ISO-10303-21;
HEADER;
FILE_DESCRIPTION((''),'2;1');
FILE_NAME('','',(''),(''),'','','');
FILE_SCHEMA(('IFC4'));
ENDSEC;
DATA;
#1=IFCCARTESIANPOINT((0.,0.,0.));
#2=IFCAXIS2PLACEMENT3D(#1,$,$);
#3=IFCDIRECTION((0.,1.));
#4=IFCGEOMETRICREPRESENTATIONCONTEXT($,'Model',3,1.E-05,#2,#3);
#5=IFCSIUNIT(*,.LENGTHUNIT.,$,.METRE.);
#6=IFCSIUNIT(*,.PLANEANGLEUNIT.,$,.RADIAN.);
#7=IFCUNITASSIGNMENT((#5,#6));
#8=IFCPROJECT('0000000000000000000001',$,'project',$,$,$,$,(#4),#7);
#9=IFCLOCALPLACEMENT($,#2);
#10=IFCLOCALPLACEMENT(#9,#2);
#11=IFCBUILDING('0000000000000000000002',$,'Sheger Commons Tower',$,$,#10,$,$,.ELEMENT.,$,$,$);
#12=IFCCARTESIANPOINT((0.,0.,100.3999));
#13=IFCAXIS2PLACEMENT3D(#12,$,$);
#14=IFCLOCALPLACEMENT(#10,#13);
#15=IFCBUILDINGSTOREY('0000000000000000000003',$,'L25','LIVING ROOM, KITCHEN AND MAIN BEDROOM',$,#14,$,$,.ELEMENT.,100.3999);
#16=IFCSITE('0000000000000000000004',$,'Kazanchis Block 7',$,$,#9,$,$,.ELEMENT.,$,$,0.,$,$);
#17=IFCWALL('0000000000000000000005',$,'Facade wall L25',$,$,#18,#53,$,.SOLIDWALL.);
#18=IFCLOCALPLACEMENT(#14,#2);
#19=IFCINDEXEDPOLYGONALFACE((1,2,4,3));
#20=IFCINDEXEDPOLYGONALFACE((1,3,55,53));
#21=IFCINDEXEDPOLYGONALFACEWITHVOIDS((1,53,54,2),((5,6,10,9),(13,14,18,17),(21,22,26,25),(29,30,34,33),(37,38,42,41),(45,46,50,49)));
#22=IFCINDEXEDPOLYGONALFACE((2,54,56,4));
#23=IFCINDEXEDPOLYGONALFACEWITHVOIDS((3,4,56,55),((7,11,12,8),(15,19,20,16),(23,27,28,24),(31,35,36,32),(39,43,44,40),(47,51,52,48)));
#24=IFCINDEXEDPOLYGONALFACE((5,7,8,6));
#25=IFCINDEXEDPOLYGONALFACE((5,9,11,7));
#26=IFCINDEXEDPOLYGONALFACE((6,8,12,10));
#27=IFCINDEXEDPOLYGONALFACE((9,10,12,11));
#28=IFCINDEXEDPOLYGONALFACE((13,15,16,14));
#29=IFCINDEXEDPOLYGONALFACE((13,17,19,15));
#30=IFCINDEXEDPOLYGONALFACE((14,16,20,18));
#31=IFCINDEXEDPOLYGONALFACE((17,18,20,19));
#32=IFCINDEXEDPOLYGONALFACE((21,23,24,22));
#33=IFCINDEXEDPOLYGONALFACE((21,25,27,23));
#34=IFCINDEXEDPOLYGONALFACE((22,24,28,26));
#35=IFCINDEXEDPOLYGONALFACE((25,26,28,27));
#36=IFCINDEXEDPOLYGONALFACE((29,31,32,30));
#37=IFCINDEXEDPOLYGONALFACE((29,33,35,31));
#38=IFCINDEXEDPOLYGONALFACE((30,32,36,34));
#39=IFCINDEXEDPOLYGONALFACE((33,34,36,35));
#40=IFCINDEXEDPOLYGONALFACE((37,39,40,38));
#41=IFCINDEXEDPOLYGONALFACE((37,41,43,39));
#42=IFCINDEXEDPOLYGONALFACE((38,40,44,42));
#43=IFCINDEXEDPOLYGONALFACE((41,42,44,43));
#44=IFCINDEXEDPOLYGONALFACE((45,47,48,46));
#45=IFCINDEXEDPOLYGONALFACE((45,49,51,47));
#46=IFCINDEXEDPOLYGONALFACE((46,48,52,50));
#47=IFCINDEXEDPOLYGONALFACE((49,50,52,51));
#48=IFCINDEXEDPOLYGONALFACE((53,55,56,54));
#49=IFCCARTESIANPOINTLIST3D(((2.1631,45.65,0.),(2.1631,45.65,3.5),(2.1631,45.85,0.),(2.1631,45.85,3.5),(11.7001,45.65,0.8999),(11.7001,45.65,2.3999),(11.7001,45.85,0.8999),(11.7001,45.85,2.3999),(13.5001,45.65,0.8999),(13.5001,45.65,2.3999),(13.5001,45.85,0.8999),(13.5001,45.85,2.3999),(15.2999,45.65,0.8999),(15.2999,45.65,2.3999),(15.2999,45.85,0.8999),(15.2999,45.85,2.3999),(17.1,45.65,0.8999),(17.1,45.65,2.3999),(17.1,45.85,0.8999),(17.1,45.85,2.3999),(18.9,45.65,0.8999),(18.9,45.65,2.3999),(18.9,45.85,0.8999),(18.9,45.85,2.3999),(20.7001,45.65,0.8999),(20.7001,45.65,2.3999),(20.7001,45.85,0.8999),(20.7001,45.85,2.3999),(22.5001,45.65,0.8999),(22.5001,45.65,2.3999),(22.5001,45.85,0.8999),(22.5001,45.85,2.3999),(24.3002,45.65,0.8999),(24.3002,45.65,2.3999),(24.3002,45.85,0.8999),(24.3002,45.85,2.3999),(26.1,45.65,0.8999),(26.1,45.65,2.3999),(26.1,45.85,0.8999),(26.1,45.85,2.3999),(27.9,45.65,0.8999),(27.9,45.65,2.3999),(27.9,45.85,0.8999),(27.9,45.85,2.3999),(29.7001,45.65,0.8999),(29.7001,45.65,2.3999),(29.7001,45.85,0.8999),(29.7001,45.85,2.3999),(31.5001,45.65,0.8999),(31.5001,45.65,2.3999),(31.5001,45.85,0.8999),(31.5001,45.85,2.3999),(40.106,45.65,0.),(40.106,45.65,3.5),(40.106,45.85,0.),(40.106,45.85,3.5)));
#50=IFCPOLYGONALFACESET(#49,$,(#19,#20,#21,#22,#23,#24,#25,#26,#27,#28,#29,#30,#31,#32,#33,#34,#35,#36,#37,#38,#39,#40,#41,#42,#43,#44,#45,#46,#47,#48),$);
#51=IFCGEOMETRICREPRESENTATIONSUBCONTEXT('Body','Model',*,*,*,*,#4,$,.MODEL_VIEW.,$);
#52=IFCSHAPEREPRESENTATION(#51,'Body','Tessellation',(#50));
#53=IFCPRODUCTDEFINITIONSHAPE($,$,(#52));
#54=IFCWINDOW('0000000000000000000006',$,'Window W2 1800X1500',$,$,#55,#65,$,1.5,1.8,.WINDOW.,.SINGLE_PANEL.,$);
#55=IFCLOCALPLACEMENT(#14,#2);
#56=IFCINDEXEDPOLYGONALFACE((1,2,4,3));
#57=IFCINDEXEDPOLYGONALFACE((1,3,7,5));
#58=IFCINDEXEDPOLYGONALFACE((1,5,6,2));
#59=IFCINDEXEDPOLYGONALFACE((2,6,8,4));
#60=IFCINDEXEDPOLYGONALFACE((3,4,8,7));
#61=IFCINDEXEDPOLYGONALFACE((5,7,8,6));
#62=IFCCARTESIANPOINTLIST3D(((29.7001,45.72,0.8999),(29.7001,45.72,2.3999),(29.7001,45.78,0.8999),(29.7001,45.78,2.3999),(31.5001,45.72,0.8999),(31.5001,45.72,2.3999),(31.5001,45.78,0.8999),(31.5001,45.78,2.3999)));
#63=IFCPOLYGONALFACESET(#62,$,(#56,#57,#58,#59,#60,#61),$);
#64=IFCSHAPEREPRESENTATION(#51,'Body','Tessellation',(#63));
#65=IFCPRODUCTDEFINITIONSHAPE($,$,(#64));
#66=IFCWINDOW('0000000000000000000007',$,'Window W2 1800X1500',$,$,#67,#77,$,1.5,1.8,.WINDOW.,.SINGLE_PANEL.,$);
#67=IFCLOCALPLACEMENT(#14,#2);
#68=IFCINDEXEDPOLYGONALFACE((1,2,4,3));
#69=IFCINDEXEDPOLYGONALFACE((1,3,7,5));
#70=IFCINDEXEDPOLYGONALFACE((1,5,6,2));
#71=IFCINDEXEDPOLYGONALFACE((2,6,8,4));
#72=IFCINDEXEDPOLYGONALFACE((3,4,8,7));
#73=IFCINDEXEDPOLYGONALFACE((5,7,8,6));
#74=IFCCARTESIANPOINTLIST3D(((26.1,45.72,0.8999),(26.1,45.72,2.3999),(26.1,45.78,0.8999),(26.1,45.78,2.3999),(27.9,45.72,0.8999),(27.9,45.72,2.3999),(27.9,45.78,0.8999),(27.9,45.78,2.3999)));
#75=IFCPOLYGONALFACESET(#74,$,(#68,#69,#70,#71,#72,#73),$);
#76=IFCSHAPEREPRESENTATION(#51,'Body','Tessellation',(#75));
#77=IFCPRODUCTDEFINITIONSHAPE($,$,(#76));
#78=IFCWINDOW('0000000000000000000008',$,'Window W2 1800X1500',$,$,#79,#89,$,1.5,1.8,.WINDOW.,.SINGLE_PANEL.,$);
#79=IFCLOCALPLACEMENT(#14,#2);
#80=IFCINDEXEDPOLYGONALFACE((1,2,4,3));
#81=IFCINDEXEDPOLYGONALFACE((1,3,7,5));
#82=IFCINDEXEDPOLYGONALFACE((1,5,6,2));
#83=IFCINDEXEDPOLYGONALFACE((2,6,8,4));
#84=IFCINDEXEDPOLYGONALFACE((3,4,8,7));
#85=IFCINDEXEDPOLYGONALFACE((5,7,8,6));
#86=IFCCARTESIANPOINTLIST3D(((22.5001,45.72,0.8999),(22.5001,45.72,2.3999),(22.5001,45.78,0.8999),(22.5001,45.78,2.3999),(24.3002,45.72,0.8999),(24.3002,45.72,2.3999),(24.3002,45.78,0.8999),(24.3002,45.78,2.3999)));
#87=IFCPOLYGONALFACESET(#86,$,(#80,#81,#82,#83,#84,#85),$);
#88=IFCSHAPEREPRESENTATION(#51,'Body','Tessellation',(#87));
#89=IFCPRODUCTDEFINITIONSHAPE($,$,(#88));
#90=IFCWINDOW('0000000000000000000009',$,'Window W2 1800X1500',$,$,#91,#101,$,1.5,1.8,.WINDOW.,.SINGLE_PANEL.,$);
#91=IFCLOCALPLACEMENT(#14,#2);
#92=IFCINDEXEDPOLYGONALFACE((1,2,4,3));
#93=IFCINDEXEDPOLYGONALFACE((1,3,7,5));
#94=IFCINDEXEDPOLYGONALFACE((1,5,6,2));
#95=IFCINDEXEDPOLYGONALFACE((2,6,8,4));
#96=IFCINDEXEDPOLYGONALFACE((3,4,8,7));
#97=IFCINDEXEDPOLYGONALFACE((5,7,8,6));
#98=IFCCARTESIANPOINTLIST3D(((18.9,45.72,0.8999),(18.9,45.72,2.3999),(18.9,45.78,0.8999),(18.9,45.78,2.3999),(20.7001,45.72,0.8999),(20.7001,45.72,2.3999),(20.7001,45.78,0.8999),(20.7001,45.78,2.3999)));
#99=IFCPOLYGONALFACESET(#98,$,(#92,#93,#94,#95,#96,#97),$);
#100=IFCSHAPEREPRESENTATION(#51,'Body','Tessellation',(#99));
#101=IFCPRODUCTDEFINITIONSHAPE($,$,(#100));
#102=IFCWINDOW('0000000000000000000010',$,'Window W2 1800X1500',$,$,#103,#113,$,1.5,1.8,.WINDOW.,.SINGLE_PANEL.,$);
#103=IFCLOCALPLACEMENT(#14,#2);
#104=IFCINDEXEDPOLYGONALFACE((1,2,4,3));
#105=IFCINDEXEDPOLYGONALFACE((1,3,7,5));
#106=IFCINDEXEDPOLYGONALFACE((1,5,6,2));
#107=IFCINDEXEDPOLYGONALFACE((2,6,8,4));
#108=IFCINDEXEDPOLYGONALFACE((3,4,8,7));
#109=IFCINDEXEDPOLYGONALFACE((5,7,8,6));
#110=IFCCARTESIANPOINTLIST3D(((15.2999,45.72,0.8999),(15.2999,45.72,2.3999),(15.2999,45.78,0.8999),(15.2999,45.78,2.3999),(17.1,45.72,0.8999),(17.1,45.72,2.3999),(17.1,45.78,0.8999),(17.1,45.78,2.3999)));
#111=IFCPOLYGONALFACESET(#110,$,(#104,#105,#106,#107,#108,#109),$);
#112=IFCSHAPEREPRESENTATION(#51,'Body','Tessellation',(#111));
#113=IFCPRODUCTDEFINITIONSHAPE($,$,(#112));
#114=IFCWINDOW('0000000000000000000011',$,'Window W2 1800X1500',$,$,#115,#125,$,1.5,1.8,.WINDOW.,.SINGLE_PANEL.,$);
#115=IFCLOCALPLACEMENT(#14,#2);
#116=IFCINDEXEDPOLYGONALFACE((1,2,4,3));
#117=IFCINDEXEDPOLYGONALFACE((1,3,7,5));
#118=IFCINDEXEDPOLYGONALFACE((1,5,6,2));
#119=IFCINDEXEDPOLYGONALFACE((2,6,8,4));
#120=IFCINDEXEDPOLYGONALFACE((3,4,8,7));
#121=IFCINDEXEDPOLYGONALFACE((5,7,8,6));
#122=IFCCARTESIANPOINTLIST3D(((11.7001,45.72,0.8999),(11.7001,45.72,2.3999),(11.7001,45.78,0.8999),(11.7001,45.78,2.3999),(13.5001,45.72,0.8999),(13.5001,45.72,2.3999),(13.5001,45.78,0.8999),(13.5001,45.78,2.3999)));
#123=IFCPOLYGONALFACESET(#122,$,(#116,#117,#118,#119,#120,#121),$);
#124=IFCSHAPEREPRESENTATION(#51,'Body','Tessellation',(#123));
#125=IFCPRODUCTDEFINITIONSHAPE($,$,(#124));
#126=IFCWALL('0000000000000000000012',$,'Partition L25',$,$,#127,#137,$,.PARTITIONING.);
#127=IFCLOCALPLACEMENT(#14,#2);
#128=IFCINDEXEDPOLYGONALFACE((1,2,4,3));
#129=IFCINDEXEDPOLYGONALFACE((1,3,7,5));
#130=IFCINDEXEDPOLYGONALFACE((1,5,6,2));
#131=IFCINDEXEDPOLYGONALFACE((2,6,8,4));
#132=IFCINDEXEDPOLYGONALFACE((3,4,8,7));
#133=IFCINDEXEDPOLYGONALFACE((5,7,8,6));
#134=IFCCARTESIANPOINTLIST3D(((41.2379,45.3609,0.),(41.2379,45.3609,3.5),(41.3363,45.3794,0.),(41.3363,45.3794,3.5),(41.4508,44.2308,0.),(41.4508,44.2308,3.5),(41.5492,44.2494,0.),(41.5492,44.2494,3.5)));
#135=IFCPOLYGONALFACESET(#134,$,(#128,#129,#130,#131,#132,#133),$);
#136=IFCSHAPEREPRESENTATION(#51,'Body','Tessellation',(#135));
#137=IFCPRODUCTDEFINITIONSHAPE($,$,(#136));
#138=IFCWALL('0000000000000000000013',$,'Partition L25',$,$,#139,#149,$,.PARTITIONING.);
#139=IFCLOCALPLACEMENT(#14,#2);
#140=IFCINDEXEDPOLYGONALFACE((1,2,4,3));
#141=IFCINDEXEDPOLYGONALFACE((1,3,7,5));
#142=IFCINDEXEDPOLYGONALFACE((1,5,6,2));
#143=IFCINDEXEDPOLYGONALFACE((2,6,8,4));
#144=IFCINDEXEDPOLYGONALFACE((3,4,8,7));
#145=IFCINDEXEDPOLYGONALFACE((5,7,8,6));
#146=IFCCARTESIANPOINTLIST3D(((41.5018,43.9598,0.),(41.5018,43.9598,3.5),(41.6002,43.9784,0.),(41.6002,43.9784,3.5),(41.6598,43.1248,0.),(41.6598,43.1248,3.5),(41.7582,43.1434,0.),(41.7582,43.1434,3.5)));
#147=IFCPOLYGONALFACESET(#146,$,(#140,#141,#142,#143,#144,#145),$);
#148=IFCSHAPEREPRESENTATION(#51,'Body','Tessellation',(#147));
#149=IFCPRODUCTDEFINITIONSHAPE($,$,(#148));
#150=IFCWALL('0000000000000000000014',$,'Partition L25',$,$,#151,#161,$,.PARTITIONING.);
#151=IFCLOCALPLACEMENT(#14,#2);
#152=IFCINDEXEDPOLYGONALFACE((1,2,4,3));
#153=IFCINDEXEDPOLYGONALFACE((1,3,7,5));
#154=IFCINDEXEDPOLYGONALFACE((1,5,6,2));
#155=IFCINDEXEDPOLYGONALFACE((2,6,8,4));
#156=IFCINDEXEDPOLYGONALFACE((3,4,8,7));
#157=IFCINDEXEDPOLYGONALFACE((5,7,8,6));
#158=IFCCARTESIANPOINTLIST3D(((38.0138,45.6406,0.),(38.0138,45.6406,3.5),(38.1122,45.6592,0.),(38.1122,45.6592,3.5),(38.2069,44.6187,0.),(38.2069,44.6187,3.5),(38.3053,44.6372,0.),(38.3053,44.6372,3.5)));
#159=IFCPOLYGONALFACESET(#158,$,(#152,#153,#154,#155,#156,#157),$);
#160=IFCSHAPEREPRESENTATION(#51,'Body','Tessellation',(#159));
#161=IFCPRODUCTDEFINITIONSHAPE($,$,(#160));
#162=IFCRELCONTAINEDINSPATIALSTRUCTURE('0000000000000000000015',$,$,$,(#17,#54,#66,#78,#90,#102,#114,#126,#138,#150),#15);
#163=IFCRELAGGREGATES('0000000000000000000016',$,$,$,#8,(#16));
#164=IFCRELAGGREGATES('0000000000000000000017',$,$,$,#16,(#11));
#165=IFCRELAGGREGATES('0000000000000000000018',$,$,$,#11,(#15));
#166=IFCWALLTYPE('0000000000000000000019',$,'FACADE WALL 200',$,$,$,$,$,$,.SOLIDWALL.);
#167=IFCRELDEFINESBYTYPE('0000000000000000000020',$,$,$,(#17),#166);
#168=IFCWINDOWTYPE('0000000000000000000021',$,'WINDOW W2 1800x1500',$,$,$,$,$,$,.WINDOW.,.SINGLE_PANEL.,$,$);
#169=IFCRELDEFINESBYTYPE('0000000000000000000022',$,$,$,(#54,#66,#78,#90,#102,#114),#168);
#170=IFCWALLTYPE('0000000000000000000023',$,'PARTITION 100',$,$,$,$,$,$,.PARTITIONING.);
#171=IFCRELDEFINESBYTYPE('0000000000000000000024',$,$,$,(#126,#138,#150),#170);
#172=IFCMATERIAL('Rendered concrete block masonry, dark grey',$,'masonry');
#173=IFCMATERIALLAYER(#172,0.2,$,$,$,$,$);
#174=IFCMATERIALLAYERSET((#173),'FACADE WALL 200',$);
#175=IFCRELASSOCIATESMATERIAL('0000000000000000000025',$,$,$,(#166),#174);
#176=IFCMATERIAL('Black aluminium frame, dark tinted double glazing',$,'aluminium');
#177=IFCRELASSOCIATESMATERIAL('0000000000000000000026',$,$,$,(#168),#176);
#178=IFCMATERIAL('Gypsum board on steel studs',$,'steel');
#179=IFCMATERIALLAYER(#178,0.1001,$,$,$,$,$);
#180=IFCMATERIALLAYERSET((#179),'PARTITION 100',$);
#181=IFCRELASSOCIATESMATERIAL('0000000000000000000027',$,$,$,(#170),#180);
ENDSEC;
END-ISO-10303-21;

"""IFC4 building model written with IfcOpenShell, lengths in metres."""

from ifc_helpers import new_model, si_unit, direction, frame, frame_2d, origin, place, context, subcontext, project, spatial, rectangle, extrude, material, layer, layer_set, type_object, element, fill, save


model = new_model("IFC4")

# Units and contexts
model_context = context("Model", 3, precision=1e-05, world=origin(), true_north=direction((0.0, 1.0)))
body_context = subcontext(model_context, "Body", "Model", "MODEL_VIEW")
ifc_project = project(units=[si_unit("LENGTHUNIT", "METRE"), si_unit("PLANEANGLEUNIT", "RADIAN")], contexts=[model_context])

# Site, building, storey
site_placement = place(None, origin())
site = spatial("IfcSite", under=ifc_project, at=site_placement, Name="Kazanchis Block 7", CompositionType="ELEMENT", RefElevation=0.0)
building_placement = place(site_placement, origin())
building = spatial("IfcBuilding", under=site, at=building_placement, Name="Sheger Commons Tower", CompositionType="ELEMENT")
storey_placement = place(building_placement, frame((0.0, 0.0, 100.3999)))
storey = spatial("IfcBuildingStorey", under=building, at=storey_placement, Name="L25", Description="LIVING ROOM, KITCHEN AND MAIN BEDROOM", CompositionType="ELEMENT", Elevation=100.3999)

# Shared definitions
ifc_material_1 = material(Name="Rendered concrete block masonry, dark grey", Category="masonry")
ifc_layer_1 = layer(ifc_material_1, 0.2)
ifc_layer_set_1 = layer_set([ifc_layer_1], Name="FACADE WALL 200")
wall_type_1 = type_object("IfcWallType", Name="FACADE WALL 200", PredefinedType="SOLIDWALL", material=ifc_layer_set_1)

# Wall, openings, windows
wall_1_placement = place(storey_placement, frame((40.106, 45.75, 0.0), z_axis=(0.0, 0.0, 1.0), x_axis=(-1.0, 0.0, 0.0)))
wall_1 = element("IfcWall", 1, at=wall_1_placement, inside=storey, type_object=wall_type_1, Name="Facade wall L25", PredefinedType="SOLIDWALL", context=body_context, shape_type="SweptSolid", body=[
    extrude(rectangle(XDim=37.9429, YDim=0.2, at=frame_2d((18.9714, 0.0))), origin(), (0.0, 0.0, 1.0), 3.5),
])
opening_1_placement = place(wall_1_placement, frame((8.606, 0.0, 0.8999)))
opening_1 = element("IfcOpeningElement", 2, at=opening_1_placement, cuts=wall_1, PredefinedType="OPENING", context=body_context, shape_type="SweptSolid", body=[
    extrude(rectangle(XDim=1.8, YDim=1.5, at=frame_2d((0.8999, 0.75))), frame((0.0, 0.1099, 0.0), z_axis=(0.0, -1.0, 0.0), x_axis=(1.0, 0.0, 0.0)), (0.0, 0.0, 1.0), 0.22),
])
opening_2_placement = place(wall_1_placement, frame((12.2061, 0.0, 0.8999)))
opening_2 = element("IfcOpeningElement", 3, at=opening_2_placement, cuts=wall_1, PredefinedType="OPENING", context=body_context, shape_type="SweptSolid", body=[
    extrude(rectangle(XDim=1.8, YDim=1.5, at=frame_2d((0.8999, 0.75))), frame((0.0, 0.1099, 0.0), z_axis=(0.0, -1.0, 0.0), x_axis=(1.0, 0.0, 0.0)), (0.0, 0.0, 1.0), 0.22),
])
opening_3_placement = place(wall_1_placement, frame((15.8059, 0.0, 0.8999)))
opening_3 = element("IfcOpeningElement", 4, at=opening_3_placement, cuts=wall_1, PredefinedType="OPENING", context=body_context, shape_type="SweptSolid", body=[
    extrude(rectangle(XDim=1.8, YDim=1.5, at=frame_2d((0.8999, 0.75))), frame((0.0, 0.1099, 0.0), z_axis=(0.0, -1.0, 0.0), x_axis=(1.0, 0.0, 0.0)), (0.0, 0.0, 1.0), 0.22),
])
opening_4_placement = place(wall_1_placement, frame((19.406, 0.0, 0.8999)))
opening_4 = element("IfcOpeningElement", 5, at=opening_4_placement, cuts=wall_1, PredefinedType="OPENING", context=body_context, shape_type="SweptSolid", body=[
    extrude(rectangle(XDim=1.8, YDim=1.5, at=frame_2d((0.8999, 0.75))), frame((0.0, 0.1099, 0.0), z_axis=(0.0, -1.0, 0.0), x_axis=(1.0, 0.0, 0.0)), (0.0, 0.0, 1.0), 0.22),
])
opening_5_placement = place(wall_1_placement, frame((23.0061, 0.0, 0.8999)))
opening_5 = element("IfcOpeningElement", 6, at=opening_5_placement, cuts=wall_1, PredefinedType="OPENING", context=body_context, shape_type="SweptSolid", body=[
    extrude(rectangle(XDim=1.8, YDim=1.5, at=frame_2d((0.8999, 0.75))), frame((0.0, 0.1099, 0.0), z_axis=(0.0, -1.0, 0.0), x_axis=(1.0, 0.0, 0.0)), (0.0, 0.0, 1.0), 0.22),
])
opening_6_placement = place(wall_1_placement, frame((26.606, 0.0, 0.8999)))
opening_6 = element("IfcOpeningElement", 7, at=opening_6_placement, cuts=wall_1, PredefinedType="OPENING", context=body_context, shape_type="SweptSolid", body=[
    extrude(rectangle(XDim=1.8, YDim=1.5, at=frame_2d((0.8999, 0.75))), frame((0.0, 0.1099, 0.0), z_axis=(0.0, -1.0, 0.0), x_axis=(1.0, 0.0, 0.0)), (0.0, 0.0, 1.0), 0.22),
])
ifc_material_2 = material(Name="Black aluminium frame, dark tinted double glazing", Category="aluminium")
window_type = type_object("IfcWindowType", Name="WINDOW W2 1800x1500", PartitioningType="SINGLE_PANEL", PredefinedType="WINDOW", material=ifc_material_2)
window_1_placement = place(opening_1_placement, origin())
window_1 = element("IfcWindow", 8, at=window_1_placement, inside=storey, type_object=window_type, Name="Window W2 1800X1500", OverallHeight=1.5, OverallWidth=1.8, PartitioningType="SINGLE_PANEL", PredefinedType="WINDOW", context=body_context, shape_type="SweptSolid", body=[
    extrude(rectangle(XDim=1.8, YDim=1.5, at=frame_2d((0.8999, 0.75))), frame((0.0, 0.03, 0.0), z_axis=(0.0, -1.0, 0.0), x_axis=(1.0, 0.0, 0.0)), (0.0, 0.0, 1.0), 0.0601),
])
fill(opening_1, window_1)
window_2_placement = place(opening_2_placement, origin())
window_2 = element("IfcWindow", 9, at=window_2_placement, inside=storey, type_object=window_type, Name="Window W2 1800X1500", OverallHeight=1.5, OverallWidth=1.8, PartitioningType="SINGLE_PANEL", PredefinedType="WINDOW", context=body_context, shape_type="SweptSolid", body=[
    extrude(rectangle(XDim=1.8, YDim=1.5, at=frame_2d((0.8999, 0.75))), frame((0.0, 0.03, 0.0), z_axis=(0.0, -1.0, 0.0), x_axis=(1.0, 0.0, 0.0)), (0.0, 0.0, 1.0), 0.0601),
])
fill(opening_2, window_2)
window_3_placement = place(opening_3_placement, origin())
window_3 = element("IfcWindow", 10, at=window_3_placement, inside=storey, type_object=window_type, Name="Window W2 1800X1500", OverallHeight=1.5, OverallWidth=1.8, PartitioningType="SINGLE_PANEL", PredefinedType="WINDOW", context=body_context, shape_type="SweptSolid", body=[
    extrude(rectangle(XDim=1.8, YDim=1.5, at=frame_2d((0.8999, 0.75))), frame((0.0, 0.03, 0.0), z_axis=(0.0, -1.0, 0.0), x_axis=(1.0, 0.0, 0.0)), (0.0, 0.0, 1.0), 0.0601),
])
fill(opening_3, window_3)
window_4_placement = place(opening_4_placement, origin())
window_4 = element("IfcWindow", 11, at=window_4_placement, inside=storey, type_object=window_type, Name="Window W2 1800X1500", OverallHeight=1.5, OverallWidth=1.8, PartitioningType="SINGLE_PANEL", PredefinedType="WINDOW", context=body_context, shape_type="SweptSolid", body=[
    extrude(rectangle(XDim=1.8, YDim=1.5, at=frame_2d((0.8999, 0.75))), frame((0.0, 0.03, 0.0), z_axis=(0.0, -1.0, 0.0), x_axis=(1.0, 0.0, 0.0)), (0.0, 0.0, 1.0), 0.0601),
])
fill(opening_4, window_4)
window_5_placement = place(opening_5_placement, origin())
window_5 = element("IfcWindow", 12, at=window_5_placement, inside=storey, type_object=window_type, Name="Window W2 1800X1500", OverallHeight=1.5, OverallWidth=1.8, PartitioningType="SINGLE_PANEL", PredefinedType="WINDOW", context=body_context, shape_type="SweptSolid", body=[
    extrude(rectangle(XDim=1.8, YDim=1.5, at=frame_2d((0.8999, 0.75))), frame((0.0, 0.03, 0.0), z_axis=(0.0, -1.0, 0.0), x_axis=(1.0, 0.0, 0.0)), (0.0, 0.0, 1.0), 0.0601),
])
fill(opening_5, window_5)
window_6_placement = place(opening_6_placement, origin())
window_6 = element("IfcWindow", 13, at=window_6_placement, inside=storey, type_object=window_type, Name="Window W2 1800X1500", OverallHeight=1.5, OverallWidth=1.8, PartitioningType="SINGLE_PANEL", PredefinedType="WINDOW", context=body_context, shape_type="SweptSolid", body=[
    extrude(rectangle(XDim=1.8, YDim=1.5, at=frame_2d((0.8999, 0.75))), frame((0.0, 0.03, 0.0), z_axis=(0.0, -1.0, 0.0), x_axis=(1.0, 0.0, 0.0)), (0.0, 0.0, 1.0), 0.0601),
])
fill(opening_6, window_6)

# Walls
ifc_material_3 = material(Name="Gypsum board on steel studs", Category="steel")
ifc_layer_2 = layer(ifc_material_3, 0.1001)
ifc_layer_set_2 = layer_set([ifc_layer_2], Name="PARTITION 100")
wall_type_2 = type_object("IfcWallType", Name="PARTITION 100", PredefinedType="PARTITIONING", material=ifc_layer_set_2)
wall_2_placement = place(storey_placement, frame((41.2871, 45.3701, 0.0), z_axis=(0.0, 0.0, 1.0), x_axis=(0.185122, -0.982716, 0.0)))
element("IfcWall", 14, at=wall_2_placement, inside=storey, type_object=wall_type_2, Name="Partition L25", PredefinedType="PARTITIONING", context=body_context, shape_type="SweptSolid", body=[
    extrude(rectangle(XDim=1.1499, YDim=0.1001, at=frame_2d((0.575, 0.0))), origin(), (0.0, 0.0, 1.0), 3.5),
])
wall_3_placement = place(storey_placement, frame((41.551, 43.969, 0.0), z_axis=(0.0, 0.0, 1.0), x_axis=(0.185884, -0.982572, 0.0)))
element("IfcWall", 15, at=wall_3_placement, inside=storey, type_object=wall_type_2, Name="Partition L25", PredefinedType="PARTITIONING", context=body_context, shape_type="SweptSolid", body=[
    extrude(rectangle(XDim=0.8499, YDim=0.1001, at=frame_2d((0.4248, 0.0))), origin(), (0.0, 0.0, 1.0), 3.5),
])
wall_4_placement = place(storey_placement, frame((38.063, 45.6499, 0.0), z_axis=(0.0, 0.0, 1.0), x_axis=(0.185677, -0.982611, 0.0)))
element("IfcWall", 16, at=wall_4_placement, inside=storey, type_object=wall_type_2, Name="Partition L25", PredefinedType="PARTITIONING", context=body_context, shape_type="SweptSolid", body=[
    extrude(rectangle(XDim=1.04, YDim=0.1001, at=frame_2d((0.52, 0.0))), origin(), (0.0, 0.0, 1.0), 3.5),
])

save(model, "model.ifc")
